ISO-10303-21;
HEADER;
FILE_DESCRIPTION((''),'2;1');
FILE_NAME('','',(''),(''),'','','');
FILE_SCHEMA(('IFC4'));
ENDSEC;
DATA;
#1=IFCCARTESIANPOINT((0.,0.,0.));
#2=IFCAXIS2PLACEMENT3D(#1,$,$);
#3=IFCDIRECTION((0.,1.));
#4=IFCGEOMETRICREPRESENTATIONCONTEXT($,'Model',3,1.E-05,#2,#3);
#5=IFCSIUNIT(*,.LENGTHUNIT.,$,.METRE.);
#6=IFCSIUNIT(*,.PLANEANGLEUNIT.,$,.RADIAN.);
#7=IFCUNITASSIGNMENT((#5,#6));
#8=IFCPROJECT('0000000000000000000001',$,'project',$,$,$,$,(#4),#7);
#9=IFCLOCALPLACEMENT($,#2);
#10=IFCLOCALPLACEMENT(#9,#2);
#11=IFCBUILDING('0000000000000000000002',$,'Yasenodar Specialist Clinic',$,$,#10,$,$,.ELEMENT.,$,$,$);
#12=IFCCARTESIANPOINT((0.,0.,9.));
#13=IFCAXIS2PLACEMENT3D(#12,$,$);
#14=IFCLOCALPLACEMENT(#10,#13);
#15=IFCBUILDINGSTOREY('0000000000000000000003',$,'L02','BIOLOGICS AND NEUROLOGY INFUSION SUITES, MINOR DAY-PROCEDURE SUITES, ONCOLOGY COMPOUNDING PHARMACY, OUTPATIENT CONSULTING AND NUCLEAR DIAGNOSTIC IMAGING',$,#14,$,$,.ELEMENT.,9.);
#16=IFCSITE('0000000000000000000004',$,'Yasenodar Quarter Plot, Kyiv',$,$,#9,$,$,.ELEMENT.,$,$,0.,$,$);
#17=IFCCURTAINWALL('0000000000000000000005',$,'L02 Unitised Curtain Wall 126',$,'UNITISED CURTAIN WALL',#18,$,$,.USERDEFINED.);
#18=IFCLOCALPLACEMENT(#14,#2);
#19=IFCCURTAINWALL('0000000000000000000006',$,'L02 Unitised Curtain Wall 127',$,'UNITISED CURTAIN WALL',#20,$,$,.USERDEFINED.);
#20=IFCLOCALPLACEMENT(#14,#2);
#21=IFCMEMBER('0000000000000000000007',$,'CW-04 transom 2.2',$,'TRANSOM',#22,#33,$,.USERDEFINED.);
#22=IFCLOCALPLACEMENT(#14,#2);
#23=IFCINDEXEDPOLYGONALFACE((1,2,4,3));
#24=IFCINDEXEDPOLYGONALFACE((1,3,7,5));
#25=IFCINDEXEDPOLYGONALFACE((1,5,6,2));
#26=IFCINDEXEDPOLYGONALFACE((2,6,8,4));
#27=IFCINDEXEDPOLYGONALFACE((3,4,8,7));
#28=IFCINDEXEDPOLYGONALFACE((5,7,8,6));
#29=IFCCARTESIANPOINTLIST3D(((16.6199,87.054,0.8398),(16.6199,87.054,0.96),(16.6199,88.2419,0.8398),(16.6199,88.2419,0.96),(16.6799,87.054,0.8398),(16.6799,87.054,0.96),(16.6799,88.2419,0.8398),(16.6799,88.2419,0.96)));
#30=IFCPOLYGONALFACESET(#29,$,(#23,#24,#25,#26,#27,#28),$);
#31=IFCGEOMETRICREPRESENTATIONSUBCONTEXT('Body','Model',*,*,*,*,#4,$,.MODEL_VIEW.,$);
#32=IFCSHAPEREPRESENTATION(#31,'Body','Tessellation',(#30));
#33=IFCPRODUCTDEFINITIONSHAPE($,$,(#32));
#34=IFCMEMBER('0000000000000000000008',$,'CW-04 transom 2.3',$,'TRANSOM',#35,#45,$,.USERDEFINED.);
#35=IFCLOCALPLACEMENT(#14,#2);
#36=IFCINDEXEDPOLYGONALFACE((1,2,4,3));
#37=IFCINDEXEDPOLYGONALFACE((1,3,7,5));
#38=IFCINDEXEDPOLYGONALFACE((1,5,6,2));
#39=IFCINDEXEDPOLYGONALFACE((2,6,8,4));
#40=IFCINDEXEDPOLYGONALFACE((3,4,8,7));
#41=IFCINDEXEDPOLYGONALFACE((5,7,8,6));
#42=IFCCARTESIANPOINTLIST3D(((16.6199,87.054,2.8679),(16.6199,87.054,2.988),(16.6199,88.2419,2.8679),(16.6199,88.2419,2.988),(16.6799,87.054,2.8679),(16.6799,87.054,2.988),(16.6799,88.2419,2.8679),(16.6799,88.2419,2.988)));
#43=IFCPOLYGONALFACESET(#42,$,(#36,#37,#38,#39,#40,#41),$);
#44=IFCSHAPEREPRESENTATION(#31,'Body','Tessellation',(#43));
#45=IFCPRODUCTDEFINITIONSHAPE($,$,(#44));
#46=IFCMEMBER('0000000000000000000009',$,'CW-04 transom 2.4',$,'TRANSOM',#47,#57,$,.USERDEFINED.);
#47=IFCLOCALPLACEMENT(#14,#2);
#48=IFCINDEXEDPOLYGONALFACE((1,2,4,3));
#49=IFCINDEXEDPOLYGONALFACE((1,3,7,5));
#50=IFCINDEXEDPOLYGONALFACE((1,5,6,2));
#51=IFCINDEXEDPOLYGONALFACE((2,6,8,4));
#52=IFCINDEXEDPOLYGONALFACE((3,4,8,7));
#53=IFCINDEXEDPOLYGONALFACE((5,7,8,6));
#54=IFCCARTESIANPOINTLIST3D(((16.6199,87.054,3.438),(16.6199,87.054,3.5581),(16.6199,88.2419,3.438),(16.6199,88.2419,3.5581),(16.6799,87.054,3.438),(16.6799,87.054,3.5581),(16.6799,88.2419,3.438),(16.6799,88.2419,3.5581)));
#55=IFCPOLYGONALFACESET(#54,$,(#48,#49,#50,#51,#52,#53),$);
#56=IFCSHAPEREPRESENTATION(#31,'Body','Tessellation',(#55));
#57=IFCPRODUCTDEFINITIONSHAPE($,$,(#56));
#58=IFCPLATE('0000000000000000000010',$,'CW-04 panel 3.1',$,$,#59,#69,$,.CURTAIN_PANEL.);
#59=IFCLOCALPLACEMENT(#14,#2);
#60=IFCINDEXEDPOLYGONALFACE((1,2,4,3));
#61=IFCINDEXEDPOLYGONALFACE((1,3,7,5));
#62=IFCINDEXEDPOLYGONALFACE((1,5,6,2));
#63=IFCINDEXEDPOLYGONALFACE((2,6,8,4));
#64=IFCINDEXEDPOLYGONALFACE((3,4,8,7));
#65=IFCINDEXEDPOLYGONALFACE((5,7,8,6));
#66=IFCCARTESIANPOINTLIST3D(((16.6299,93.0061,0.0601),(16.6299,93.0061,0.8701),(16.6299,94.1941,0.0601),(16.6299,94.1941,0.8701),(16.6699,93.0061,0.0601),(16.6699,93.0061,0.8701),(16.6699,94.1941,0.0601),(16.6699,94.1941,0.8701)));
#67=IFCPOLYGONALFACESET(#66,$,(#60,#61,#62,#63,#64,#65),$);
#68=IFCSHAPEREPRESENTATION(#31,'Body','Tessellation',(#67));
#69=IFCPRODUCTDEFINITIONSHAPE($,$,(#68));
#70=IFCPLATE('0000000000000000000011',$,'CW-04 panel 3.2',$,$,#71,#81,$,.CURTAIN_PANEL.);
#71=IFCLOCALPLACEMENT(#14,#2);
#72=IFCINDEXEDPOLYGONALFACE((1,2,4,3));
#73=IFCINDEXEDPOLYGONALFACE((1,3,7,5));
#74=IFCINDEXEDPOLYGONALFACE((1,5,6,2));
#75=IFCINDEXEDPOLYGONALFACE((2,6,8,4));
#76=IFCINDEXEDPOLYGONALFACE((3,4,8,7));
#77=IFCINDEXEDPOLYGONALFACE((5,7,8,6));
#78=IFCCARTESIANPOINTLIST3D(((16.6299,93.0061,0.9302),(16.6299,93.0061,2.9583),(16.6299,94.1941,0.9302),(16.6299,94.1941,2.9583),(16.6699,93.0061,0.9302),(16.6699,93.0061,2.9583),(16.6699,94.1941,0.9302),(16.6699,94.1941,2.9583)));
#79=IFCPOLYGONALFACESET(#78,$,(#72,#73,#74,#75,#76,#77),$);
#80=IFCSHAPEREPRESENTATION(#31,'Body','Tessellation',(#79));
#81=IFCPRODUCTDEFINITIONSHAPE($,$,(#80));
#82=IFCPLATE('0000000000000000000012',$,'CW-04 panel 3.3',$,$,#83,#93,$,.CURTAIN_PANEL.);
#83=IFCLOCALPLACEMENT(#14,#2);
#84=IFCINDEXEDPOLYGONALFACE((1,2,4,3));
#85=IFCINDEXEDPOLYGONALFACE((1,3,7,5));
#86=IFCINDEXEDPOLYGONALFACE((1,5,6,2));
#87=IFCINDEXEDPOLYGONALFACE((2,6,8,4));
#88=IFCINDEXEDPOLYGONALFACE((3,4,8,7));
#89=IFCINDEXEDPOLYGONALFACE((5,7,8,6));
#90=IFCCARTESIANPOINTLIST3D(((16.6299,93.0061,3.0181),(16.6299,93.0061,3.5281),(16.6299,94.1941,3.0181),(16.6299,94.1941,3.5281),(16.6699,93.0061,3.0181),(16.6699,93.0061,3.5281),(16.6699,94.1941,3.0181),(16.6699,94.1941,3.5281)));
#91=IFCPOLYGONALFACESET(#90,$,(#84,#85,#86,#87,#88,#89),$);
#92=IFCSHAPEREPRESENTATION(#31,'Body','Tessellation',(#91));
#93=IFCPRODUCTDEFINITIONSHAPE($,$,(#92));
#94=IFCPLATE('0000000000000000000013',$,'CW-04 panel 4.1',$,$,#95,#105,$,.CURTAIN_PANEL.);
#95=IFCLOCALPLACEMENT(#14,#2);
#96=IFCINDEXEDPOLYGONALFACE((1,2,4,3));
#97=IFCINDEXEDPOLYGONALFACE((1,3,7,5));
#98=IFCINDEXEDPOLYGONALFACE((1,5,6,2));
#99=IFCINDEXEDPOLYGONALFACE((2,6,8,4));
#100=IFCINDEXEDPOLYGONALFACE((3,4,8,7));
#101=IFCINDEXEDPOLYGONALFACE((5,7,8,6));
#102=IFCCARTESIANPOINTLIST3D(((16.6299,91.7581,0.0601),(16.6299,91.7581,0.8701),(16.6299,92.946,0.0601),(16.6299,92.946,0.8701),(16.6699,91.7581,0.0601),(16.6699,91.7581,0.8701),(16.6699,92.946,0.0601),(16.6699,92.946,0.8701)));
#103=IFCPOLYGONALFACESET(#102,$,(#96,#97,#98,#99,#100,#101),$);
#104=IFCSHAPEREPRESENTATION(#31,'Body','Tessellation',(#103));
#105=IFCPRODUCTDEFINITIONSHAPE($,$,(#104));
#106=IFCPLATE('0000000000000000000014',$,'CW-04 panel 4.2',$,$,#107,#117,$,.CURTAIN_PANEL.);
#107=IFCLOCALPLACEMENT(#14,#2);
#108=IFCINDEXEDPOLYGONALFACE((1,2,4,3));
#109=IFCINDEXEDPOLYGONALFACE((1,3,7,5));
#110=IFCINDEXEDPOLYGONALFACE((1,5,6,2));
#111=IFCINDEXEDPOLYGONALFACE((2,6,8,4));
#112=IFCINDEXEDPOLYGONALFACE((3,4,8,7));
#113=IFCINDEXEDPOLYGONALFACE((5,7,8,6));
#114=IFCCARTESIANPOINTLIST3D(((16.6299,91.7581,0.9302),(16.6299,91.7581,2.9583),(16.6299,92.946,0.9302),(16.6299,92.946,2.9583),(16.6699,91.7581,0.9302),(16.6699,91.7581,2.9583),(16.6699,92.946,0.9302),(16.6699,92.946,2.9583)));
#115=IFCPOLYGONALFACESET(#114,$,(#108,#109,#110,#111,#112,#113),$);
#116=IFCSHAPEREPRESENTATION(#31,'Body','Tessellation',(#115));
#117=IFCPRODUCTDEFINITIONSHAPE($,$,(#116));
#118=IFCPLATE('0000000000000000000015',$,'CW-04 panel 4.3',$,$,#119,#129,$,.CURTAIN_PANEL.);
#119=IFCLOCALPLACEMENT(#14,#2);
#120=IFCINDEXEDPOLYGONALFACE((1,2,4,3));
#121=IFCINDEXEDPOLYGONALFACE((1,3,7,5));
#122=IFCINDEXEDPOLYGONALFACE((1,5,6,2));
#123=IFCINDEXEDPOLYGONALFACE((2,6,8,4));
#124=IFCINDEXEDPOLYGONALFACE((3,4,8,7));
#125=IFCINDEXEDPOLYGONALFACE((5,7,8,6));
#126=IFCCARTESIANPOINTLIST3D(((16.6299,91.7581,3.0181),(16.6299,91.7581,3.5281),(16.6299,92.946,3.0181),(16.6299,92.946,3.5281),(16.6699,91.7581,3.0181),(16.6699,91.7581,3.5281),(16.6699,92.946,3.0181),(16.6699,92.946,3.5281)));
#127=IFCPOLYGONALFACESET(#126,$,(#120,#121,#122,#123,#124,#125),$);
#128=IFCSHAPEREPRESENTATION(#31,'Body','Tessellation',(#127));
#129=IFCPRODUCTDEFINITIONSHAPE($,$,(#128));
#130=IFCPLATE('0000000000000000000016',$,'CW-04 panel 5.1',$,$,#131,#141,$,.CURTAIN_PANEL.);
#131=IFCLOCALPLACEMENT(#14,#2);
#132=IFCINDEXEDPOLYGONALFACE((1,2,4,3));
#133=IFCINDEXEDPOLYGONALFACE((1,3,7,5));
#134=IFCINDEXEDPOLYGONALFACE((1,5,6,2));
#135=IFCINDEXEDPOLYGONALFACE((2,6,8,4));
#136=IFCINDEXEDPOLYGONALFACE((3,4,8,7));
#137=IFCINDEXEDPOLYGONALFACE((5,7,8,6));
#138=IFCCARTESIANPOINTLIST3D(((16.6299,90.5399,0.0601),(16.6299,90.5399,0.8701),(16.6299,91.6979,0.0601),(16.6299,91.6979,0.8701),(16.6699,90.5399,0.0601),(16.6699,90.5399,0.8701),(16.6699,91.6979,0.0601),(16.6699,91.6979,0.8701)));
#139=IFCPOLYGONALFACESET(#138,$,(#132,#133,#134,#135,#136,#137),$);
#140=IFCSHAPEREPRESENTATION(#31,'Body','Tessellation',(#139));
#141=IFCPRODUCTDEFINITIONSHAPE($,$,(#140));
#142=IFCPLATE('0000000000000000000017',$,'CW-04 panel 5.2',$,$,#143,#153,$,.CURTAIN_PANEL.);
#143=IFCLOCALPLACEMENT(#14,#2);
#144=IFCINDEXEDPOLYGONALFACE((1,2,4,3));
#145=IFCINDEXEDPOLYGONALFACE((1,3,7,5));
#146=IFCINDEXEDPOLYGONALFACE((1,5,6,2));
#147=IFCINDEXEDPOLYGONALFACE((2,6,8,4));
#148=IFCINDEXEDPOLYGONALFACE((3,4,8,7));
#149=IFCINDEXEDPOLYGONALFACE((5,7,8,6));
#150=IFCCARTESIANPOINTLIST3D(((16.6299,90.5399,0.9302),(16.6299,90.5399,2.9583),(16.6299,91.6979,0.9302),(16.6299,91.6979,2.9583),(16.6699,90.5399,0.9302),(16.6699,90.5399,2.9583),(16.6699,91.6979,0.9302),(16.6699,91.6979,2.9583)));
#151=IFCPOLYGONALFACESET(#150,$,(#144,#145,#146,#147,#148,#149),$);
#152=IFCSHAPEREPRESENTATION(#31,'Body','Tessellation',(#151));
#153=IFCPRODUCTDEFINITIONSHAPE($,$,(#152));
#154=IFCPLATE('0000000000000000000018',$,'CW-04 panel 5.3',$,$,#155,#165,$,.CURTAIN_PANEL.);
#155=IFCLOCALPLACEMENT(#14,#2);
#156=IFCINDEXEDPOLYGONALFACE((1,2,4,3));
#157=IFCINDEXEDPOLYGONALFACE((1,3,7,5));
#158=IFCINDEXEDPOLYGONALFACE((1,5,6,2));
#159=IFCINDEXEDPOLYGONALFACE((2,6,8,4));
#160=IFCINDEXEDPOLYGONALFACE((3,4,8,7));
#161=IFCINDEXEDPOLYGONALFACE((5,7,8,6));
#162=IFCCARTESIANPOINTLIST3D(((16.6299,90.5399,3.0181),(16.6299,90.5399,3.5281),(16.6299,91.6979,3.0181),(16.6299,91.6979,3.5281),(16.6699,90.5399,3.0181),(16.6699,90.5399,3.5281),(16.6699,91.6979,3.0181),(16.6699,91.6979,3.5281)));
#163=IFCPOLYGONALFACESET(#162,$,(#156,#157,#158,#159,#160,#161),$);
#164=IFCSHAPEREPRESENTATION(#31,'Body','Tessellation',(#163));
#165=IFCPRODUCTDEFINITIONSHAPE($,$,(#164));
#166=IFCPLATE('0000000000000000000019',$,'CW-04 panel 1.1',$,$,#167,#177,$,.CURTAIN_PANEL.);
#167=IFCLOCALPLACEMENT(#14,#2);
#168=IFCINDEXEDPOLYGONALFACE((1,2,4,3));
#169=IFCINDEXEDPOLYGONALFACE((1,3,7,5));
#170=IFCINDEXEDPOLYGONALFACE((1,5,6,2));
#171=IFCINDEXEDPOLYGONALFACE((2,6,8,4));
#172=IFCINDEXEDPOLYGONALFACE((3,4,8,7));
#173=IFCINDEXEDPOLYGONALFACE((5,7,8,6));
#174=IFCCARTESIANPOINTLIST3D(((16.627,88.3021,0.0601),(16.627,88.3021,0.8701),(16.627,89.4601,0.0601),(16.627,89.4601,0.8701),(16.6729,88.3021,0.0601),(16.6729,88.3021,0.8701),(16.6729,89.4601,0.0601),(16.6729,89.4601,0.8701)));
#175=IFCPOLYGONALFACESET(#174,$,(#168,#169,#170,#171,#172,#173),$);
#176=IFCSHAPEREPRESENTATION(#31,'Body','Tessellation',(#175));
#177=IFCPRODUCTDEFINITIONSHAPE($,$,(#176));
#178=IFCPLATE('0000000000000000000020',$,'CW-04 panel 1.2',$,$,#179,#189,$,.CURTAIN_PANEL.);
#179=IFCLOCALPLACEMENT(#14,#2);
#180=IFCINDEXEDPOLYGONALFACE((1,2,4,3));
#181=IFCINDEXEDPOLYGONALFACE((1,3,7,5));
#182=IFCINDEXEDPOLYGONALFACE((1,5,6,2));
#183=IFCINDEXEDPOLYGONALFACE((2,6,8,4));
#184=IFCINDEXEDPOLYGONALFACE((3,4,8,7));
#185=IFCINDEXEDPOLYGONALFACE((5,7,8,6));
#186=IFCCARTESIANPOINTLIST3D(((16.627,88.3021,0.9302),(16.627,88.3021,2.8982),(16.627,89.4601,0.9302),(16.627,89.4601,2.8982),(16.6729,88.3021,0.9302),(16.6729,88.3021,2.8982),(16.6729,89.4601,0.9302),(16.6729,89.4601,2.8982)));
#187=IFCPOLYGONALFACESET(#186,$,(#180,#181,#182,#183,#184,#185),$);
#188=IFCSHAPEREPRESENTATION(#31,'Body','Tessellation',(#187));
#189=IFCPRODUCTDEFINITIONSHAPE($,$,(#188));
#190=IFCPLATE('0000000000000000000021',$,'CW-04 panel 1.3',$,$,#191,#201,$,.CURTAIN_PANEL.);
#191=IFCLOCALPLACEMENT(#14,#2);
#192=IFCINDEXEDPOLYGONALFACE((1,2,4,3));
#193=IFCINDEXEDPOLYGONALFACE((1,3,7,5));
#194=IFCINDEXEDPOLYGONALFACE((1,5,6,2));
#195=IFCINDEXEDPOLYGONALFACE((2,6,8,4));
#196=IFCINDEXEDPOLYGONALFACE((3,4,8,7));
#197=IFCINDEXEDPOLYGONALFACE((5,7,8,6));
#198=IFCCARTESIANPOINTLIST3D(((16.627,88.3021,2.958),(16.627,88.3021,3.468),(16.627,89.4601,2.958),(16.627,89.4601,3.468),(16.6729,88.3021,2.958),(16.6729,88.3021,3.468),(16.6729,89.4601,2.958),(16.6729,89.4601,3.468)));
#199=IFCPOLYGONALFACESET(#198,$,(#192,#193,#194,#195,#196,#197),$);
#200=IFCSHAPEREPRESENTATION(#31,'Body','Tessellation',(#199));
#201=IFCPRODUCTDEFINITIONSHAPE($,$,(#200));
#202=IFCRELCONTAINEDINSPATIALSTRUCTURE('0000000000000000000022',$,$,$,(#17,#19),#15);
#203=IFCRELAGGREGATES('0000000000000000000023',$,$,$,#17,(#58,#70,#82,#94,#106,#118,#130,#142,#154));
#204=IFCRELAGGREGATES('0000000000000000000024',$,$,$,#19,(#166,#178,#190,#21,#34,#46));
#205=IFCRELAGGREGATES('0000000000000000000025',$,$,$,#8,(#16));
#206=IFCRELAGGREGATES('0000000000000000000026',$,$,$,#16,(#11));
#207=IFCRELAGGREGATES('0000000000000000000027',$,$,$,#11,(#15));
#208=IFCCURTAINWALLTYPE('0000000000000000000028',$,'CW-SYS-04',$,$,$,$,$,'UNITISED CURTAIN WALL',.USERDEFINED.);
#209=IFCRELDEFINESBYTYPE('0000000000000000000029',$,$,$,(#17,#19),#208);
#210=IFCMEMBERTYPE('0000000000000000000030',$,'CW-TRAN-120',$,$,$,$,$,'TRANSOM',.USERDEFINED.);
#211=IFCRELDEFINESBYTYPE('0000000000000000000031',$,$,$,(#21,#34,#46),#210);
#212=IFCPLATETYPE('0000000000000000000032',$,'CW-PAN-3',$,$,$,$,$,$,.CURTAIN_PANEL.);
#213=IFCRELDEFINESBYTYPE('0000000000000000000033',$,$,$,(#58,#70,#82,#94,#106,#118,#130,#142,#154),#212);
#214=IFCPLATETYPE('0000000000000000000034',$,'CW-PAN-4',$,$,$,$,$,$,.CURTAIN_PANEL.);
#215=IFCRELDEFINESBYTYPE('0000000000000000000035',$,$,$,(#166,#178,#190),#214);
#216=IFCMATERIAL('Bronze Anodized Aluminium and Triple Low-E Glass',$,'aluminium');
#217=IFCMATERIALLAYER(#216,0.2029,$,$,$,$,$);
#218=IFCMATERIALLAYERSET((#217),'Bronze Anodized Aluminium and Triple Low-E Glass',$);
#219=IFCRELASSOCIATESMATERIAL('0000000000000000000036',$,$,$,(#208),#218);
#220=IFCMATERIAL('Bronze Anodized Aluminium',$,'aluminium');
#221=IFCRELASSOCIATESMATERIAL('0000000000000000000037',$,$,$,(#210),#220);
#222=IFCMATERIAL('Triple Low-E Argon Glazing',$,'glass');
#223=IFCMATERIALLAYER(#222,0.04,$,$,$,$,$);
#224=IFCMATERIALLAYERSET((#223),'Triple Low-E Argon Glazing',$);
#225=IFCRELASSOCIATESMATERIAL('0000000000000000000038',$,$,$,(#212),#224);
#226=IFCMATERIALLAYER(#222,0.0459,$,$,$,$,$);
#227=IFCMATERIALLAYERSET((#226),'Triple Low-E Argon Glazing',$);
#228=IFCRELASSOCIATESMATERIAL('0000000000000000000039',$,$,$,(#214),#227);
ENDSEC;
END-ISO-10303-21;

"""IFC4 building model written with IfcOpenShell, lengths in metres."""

from ifc_helpers import new_model, si_unit, direction, frame, origin, origin_2d, place, context, subcontext, project, spatial, rectangle, extrude, material, layer, layer_set, material_profile, profile_set, type_object, element, aggregate, save


model = new_model("IFC4")

# Units and contexts
model_context = context("Model", 3, precision=1e-05, world=origin(), true_north=direction((0.0, 1.0)))
body_context = subcontext(model_context, "Body", "Model", "MODEL_VIEW")
ifc_project = project(units=[si_unit("LENGTHUNIT", "METRE"), si_unit("PLANEANGLEUNIT", "RADIAN")], contexts=[model_context])

# Site, building, storey
site_placement = place(None, origin())
site = spatial("IfcSite", under=ifc_project, at=site_placement, Name="Yasenodar Quarter Plot, Kyiv", CompositionType="ELEMENT", RefElevation=0.0)
building_placement = place(site_placement, origin())
building = spatial("IfcBuilding", under=site, at=building_placement, Name="Yasenodar Specialist Clinic", CompositionType="ELEMENT")
storey_placement = place(building_placement, frame((0.0, 0.0, 9.0)))
storey = spatial("IfcBuildingStorey", under=building, at=storey_placement, Name="L02", Description="BIOLOGICS AND NEUROLOGY INFUSION SUITES, MINOR DAY-PROCEDURE SUITES, ONCOLOGY COMPOUNDING PHARMACY, OUTPATIENT CONSULTING AND NUCLEAR DIAGNOSTIC IMAGING", CompositionType="ELEMENT", Elevation=9.0)

# Curtain walls
ifc_material_1 = material(Name="Bronze Anodized Aluminium and Triple Low-E Glass", Category="aluminium")
ifc_layer_1 = layer(ifc_material_1, 0.2029)
ifc_layer_set_1 = layer_set([ifc_layer_1], Name="Bronze Anodized Aluminium and Triple Low-E Glass")
curtain_wall_type = type_object("IfcCurtainWallType", Name="CW-SYS-04", ElementType="UNITISED CURTAIN WALL", PredefinedType="USERDEFINED", material=ifc_layer_set_1)
curtain_wall_1_placement = place(storey_placement, origin())
curtain_wall_1 = element("IfcCurtainWall", 1, at=curtain_wall_1_placement, inside=storey, type_object=curtain_wall_type, Name="L02 Unitised Curtain Wall 126", ObjectType="UNITISED CURTAIN WALL", PredefinedType="USERDEFINED")
ifc_material_2 = material(Name="Bronze Anodized Aluminium", Category="aluminium")
curtain_wall_2_placement = place(storey_placement, origin())
curtain_wall_2 = element("IfcCurtainWall", 2, at=curtain_wall_2_placement, inside=storey, type_object=curtain_wall_type, Name="L02 Unitised Curtain Wall 127", ObjectType="UNITISED CURTAIN WALL", PredefinedType="USERDEFINED")

# Members
ifc_material_profile_1 = material_profile(ifc_material_2, rectangle(XDim=0.0601, YDim=0.1201, at=origin_2d()), Name="CW-TRAN 60x120")
ifc_profile_set_1 = profile_set([ifc_material_profile_1], Name="Bronze Anodized Aluminium")
member_type_1 = type_object("IfcMemberType", Name="CW-TRAN-120", ElementType="TRANSOM", PredefinedType="USERDEFINED", material=ifc_profile_set_1)
member_1_placement = place(storey_placement, frame((16.6499, 88.2419, 0.8999), z_axis=(0.0, -1.0, 0.0), x_axis=(1.0, 0.0, 0.0)))
member_1 = element("IfcMember", 3, at=member_1_placement, type_object=member_type_1, Name="CW-04 transom 2.2", ObjectType="TRANSOM", PredefinedType="USERDEFINED", context=body_context, shape_type="SweptSolid", body=[
    extrude(rectangle(XDim=0.0601, YDim=0.1201, at=origin_2d()), origin(), (0.0, 0.0, 1.0), 1.188),
])
member_2_placement = place(storey_placement, frame((16.6499, 88.2419, 2.928), z_axis=(0.0, -1.0, 0.0), x_axis=(1.0, 0.0, 0.0)))
member_2 = element("IfcMember", 4, at=member_2_placement, type_object=member_type_1, Name="CW-04 transom 2.3", ObjectType="TRANSOM", PredefinedType="USERDEFINED", context=body_context, shape_type="SweptSolid", body=[
    extrude(rectangle(XDim=0.0601, YDim=0.1201, at=origin_2d()), origin(), (0.0, 0.0, 1.0), 1.188),
])
member_3_placement = place(storey_placement, frame((16.6499, 88.2419, 3.498), z_axis=(0.0, -1.0, 0.0), x_axis=(1.0, 0.0, 0.0)))
member_3 = element("IfcMember", 5, at=member_3_placement, type_object=member_type_1, Name="CW-04 transom 2.4", ObjectType="TRANSOM", PredefinedType="USERDEFINED", context=body_context, shape_type="SweptSolid", body=[
    extrude(rectangle(XDim=0.0601, YDim=0.1201, at=origin_2d()), origin(), (0.0, 0.0, 1.0), 1.188),
])

# Plates
ifc_material_3 = material(Name="Triple Low-E Argon Glazing", Category="glass")
ifc_layer_2 = layer(ifc_material_3, 0.04)
ifc_layer_set_2 = layer_set([ifc_layer_2], Name="Triple Low-E Argon Glazing")
plate_type_1 = type_object("IfcPlateType", Name="CW-PAN-3", PredefinedType="CURTAIN_PANEL", material=ifc_layer_set_2)
plate_1_placement = place(storey_placement, frame((16.6499, 93.6001, 0.0601), z_axis=(0.0, 0.0, 1.0), x_axis=(0.0, -1.0, 0.0)))
plate_1 = element("IfcPlate", 6, at=plate_1_placement, type_object=plate_type_1, Name="CW-04 panel 3.1", PredefinedType="CURTAIN_PANEL", context=body_context, shape_type="SweptSolid", body=[
    extrude(rectangle(XDim=1.188, YDim=0.04, at=origin_2d()), origin(), (0.0, 0.0, 1.0), 0.8101),
])
plate_2_placement = place(storey_placement, frame((16.6499, 93.6001, 0.9302), z_axis=(0.0, 0.0, 1.0), x_axis=(0.0, -1.0, 0.0)))
plate_2 = element("IfcPlate", 7, at=plate_2_placement, type_object=plate_type_1, Name="CW-04 panel 3.2", PredefinedType="CURTAIN_PANEL", context=body_context, shape_type="SweptSolid", body=[
    extrude(rectangle(XDim=1.188, YDim=0.04, at=origin_2d()), origin(), (0.0, 0.0, 1.0), 2.0281),
])
plate_3_placement = place(storey_placement, frame((16.6499, 93.6001, 3.0181), z_axis=(0.0, 0.0, 1.0), x_axis=(0.0, -1.0, 0.0)))
plate_3 = element("IfcPlate", 8, at=plate_3_placement, type_object=plate_type_1, Name="CW-04 panel 3.3", PredefinedType="CURTAIN_PANEL", context=body_context, shape_type="SweptSolid", body=[
    extrude(rectangle(XDim=1.188, YDim=0.04, at=origin_2d()), origin(), (0.0, 0.0, 1.0), 0.51),
])
plate_4_placement = place(storey_placement, frame((16.6499, 92.3521, 0.0601), z_axis=(0.0, 0.0, 1.0), x_axis=(0.0, -1.0, 0.0)))
plate_4 = element("IfcPlate", 9, at=plate_4_placement, type_object=plate_type_1, Name="CW-04 panel 4.1", PredefinedType="CURTAIN_PANEL", context=body_context, shape_type="SweptSolid", body=[
    extrude(rectangle(XDim=1.188, YDim=0.04, at=origin_2d()), origin(), (0.0, 0.0, 1.0), 0.8101),
])
plate_5_placement = place(storey_placement, frame((16.6499, 92.3521, 0.9302), z_axis=(0.0, 0.0, 1.0), x_axis=(0.0, -1.0, 0.0)))
plate_5 = element("IfcPlate", 10, at=plate_5_placement, type_object=plate_type_1, Name="CW-04 panel 4.2", PredefinedType="CURTAIN_PANEL", context=body_context, shape_type="SweptSolid", body=[
    extrude(rectangle(XDim=1.188, YDim=0.04, at=origin_2d()), origin(), (0.0, 0.0, 1.0), 2.0281),
])
plate_6_placement = place(storey_placement, frame((16.6499, 92.3521, 3.0181), z_axis=(0.0, 0.0, 1.0), x_axis=(0.0, -1.0, 0.0)))
plate_6 = element("IfcPlate", 11, at=plate_6_placement, type_object=plate_type_1, Name="CW-04 panel 4.3", PredefinedType="CURTAIN_PANEL", context=body_context, shape_type="SweptSolid", body=[
    extrude(rectangle(XDim=1.188, YDim=0.04, at=origin_2d()), origin(), (0.0, 0.0, 1.0), 0.51),
])
plate_7_placement = place(storey_placement, frame((16.6499, 91.1189, 0.0601), z_axis=(0.0, 0.0, 1.0), x_axis=(0.0, -1.0, 0.0)))
plate_7 = element("IfcPlate", 12, at=plate_7_placement, type_object=plate_type_1, Name="CW-04 panel 5.1", PredefinedType="CURTAIN_PANEL", context=body_context, shape_type="SweptSolid", body=[
    extrude(rectangle(XDim=1.158, YDim=0.04, at=origin_2d()), origin(), (0.0, 0.0, 1.0), 0.8101),
])
plate_8_placement = place(storey_placement, frame((16.6499, 91.1189, 0.9302), z_axis=(0.0, 0.0, 1.0), x_axis=(0.0, -1.0, 0.0)))
plate_8 = element("IfcPlate", 13, at=plate_8_placement, type_object=plate_type_1, Name="CW-04 panel 5.2", PredefinedType="CURTAIN_PANEL", context=body_context, shape_type="SweptSolid", body=[
    extrude(rectangle(XDim=1.158, YDim=0.04, at=origin_2d()), origin(), (0.0, 0.0, 1.0), 2.0281),
])
plate_9_placement = place(storey_placement, frame((16.6499, 91.1189, 3.0181), z_axis=(0.0, 0.0, 1.0), x_axis=(0.0, -1.0, 0.0)))
plate_9 = element("IfcPlate", 14, at=plate_9_placement, type_object=plate_type_1, Name="CW-04 panel 5.3", PredefinedType="CURTAIN_PANEL", context=body_context, shape_type="SweptSolid", body=[
    extrude(rectangle(XDim=1.158, YDim=0.04, at=origin_2d()), origin(), (0.0, 0.0, 1.0), 0.51),
])
aggregate(curtain_wall_1, [plate_1, plate_2, plate_3, plate_4, plate_5, plate_6, plate_7, plate_8, plate_9])
ifc_layer_3 = layer(ifc_material_3, 0.0459)
ifc_layer_set_3 = layer_set([ifc_layer_3], Name="Triple Low-E Argon Glazing")
plate_type_2 = type_object("IfcPlateType", Name="CW-PAN-4", PredefinedType="CURTAIN_PANEL", material=ifc_layer_set_3)
plate_10_placement = place(storey_placement, frame((16.6499, 88.8811, 0.0601), z_axis=(0.0, 0.0, 1.0), x_axis=(0.0, -1.0, 0.0)))
plate_10 = element("IfcPlate", 15, at=plate_10_placement, type_object=plate_type_2, Name="CW-04 panel 1.1", PredefinedType="CURTAIN_PANEL", context=body_context, shape_type="SweptSolid", body=[
    extrude(rectangle(XDim=1.158, YDim=0.0459, at=origin_2d()), origin(), (0.0, 0.0, 1.0), 0.8101),
])
plate_11_placement = place(storey_placement, frame((16.6499, 88.8811, 0.9302), z_axis=(0.0, 0.0, 1.0), x_axis=(0.0, -1.0, 0.0)))
plate_11 = element("IfcPlate", 16, at=plate_11_placement, type_object=plate_type_2, Name="CW-04 panel 1.2", PredefinedType="CURTAIN_PANEL", context=body_context, shape_type="SweptSolid", body=[
    extrude(rectangle(XDim=1.158, YDim=0.0459, at=origin_2d()), origin(), (0.0, 0.0, 1.0), 1.968),
])
plate_12_placement = place(storey_placement, frame((16.6499, 88.8811, 2.958), z_axis=(0.0, 0.0, 1.0), x_axis=(0.0, -1.0, 0.0)))
plate_12 = element("IfcPlate", 17, at=plate_12_placement, type_object=plate_type_2, Name="CW-04 panel 1.3", PredefinedType="CURTAIN_PANEL", context=body_context, shape_type="SweptSolid", body=[
    extrude(rectangle(XDim=1.158, YDim=0.0459, at=origin_2d()), origin(), (0.0, 0.0, 1.0), 0.51),
])
aggregate(curtain_wall_2, [plate_10, plate_11, plate_12, member_1, member_2, member_3])

save(model, "model.ifc")
